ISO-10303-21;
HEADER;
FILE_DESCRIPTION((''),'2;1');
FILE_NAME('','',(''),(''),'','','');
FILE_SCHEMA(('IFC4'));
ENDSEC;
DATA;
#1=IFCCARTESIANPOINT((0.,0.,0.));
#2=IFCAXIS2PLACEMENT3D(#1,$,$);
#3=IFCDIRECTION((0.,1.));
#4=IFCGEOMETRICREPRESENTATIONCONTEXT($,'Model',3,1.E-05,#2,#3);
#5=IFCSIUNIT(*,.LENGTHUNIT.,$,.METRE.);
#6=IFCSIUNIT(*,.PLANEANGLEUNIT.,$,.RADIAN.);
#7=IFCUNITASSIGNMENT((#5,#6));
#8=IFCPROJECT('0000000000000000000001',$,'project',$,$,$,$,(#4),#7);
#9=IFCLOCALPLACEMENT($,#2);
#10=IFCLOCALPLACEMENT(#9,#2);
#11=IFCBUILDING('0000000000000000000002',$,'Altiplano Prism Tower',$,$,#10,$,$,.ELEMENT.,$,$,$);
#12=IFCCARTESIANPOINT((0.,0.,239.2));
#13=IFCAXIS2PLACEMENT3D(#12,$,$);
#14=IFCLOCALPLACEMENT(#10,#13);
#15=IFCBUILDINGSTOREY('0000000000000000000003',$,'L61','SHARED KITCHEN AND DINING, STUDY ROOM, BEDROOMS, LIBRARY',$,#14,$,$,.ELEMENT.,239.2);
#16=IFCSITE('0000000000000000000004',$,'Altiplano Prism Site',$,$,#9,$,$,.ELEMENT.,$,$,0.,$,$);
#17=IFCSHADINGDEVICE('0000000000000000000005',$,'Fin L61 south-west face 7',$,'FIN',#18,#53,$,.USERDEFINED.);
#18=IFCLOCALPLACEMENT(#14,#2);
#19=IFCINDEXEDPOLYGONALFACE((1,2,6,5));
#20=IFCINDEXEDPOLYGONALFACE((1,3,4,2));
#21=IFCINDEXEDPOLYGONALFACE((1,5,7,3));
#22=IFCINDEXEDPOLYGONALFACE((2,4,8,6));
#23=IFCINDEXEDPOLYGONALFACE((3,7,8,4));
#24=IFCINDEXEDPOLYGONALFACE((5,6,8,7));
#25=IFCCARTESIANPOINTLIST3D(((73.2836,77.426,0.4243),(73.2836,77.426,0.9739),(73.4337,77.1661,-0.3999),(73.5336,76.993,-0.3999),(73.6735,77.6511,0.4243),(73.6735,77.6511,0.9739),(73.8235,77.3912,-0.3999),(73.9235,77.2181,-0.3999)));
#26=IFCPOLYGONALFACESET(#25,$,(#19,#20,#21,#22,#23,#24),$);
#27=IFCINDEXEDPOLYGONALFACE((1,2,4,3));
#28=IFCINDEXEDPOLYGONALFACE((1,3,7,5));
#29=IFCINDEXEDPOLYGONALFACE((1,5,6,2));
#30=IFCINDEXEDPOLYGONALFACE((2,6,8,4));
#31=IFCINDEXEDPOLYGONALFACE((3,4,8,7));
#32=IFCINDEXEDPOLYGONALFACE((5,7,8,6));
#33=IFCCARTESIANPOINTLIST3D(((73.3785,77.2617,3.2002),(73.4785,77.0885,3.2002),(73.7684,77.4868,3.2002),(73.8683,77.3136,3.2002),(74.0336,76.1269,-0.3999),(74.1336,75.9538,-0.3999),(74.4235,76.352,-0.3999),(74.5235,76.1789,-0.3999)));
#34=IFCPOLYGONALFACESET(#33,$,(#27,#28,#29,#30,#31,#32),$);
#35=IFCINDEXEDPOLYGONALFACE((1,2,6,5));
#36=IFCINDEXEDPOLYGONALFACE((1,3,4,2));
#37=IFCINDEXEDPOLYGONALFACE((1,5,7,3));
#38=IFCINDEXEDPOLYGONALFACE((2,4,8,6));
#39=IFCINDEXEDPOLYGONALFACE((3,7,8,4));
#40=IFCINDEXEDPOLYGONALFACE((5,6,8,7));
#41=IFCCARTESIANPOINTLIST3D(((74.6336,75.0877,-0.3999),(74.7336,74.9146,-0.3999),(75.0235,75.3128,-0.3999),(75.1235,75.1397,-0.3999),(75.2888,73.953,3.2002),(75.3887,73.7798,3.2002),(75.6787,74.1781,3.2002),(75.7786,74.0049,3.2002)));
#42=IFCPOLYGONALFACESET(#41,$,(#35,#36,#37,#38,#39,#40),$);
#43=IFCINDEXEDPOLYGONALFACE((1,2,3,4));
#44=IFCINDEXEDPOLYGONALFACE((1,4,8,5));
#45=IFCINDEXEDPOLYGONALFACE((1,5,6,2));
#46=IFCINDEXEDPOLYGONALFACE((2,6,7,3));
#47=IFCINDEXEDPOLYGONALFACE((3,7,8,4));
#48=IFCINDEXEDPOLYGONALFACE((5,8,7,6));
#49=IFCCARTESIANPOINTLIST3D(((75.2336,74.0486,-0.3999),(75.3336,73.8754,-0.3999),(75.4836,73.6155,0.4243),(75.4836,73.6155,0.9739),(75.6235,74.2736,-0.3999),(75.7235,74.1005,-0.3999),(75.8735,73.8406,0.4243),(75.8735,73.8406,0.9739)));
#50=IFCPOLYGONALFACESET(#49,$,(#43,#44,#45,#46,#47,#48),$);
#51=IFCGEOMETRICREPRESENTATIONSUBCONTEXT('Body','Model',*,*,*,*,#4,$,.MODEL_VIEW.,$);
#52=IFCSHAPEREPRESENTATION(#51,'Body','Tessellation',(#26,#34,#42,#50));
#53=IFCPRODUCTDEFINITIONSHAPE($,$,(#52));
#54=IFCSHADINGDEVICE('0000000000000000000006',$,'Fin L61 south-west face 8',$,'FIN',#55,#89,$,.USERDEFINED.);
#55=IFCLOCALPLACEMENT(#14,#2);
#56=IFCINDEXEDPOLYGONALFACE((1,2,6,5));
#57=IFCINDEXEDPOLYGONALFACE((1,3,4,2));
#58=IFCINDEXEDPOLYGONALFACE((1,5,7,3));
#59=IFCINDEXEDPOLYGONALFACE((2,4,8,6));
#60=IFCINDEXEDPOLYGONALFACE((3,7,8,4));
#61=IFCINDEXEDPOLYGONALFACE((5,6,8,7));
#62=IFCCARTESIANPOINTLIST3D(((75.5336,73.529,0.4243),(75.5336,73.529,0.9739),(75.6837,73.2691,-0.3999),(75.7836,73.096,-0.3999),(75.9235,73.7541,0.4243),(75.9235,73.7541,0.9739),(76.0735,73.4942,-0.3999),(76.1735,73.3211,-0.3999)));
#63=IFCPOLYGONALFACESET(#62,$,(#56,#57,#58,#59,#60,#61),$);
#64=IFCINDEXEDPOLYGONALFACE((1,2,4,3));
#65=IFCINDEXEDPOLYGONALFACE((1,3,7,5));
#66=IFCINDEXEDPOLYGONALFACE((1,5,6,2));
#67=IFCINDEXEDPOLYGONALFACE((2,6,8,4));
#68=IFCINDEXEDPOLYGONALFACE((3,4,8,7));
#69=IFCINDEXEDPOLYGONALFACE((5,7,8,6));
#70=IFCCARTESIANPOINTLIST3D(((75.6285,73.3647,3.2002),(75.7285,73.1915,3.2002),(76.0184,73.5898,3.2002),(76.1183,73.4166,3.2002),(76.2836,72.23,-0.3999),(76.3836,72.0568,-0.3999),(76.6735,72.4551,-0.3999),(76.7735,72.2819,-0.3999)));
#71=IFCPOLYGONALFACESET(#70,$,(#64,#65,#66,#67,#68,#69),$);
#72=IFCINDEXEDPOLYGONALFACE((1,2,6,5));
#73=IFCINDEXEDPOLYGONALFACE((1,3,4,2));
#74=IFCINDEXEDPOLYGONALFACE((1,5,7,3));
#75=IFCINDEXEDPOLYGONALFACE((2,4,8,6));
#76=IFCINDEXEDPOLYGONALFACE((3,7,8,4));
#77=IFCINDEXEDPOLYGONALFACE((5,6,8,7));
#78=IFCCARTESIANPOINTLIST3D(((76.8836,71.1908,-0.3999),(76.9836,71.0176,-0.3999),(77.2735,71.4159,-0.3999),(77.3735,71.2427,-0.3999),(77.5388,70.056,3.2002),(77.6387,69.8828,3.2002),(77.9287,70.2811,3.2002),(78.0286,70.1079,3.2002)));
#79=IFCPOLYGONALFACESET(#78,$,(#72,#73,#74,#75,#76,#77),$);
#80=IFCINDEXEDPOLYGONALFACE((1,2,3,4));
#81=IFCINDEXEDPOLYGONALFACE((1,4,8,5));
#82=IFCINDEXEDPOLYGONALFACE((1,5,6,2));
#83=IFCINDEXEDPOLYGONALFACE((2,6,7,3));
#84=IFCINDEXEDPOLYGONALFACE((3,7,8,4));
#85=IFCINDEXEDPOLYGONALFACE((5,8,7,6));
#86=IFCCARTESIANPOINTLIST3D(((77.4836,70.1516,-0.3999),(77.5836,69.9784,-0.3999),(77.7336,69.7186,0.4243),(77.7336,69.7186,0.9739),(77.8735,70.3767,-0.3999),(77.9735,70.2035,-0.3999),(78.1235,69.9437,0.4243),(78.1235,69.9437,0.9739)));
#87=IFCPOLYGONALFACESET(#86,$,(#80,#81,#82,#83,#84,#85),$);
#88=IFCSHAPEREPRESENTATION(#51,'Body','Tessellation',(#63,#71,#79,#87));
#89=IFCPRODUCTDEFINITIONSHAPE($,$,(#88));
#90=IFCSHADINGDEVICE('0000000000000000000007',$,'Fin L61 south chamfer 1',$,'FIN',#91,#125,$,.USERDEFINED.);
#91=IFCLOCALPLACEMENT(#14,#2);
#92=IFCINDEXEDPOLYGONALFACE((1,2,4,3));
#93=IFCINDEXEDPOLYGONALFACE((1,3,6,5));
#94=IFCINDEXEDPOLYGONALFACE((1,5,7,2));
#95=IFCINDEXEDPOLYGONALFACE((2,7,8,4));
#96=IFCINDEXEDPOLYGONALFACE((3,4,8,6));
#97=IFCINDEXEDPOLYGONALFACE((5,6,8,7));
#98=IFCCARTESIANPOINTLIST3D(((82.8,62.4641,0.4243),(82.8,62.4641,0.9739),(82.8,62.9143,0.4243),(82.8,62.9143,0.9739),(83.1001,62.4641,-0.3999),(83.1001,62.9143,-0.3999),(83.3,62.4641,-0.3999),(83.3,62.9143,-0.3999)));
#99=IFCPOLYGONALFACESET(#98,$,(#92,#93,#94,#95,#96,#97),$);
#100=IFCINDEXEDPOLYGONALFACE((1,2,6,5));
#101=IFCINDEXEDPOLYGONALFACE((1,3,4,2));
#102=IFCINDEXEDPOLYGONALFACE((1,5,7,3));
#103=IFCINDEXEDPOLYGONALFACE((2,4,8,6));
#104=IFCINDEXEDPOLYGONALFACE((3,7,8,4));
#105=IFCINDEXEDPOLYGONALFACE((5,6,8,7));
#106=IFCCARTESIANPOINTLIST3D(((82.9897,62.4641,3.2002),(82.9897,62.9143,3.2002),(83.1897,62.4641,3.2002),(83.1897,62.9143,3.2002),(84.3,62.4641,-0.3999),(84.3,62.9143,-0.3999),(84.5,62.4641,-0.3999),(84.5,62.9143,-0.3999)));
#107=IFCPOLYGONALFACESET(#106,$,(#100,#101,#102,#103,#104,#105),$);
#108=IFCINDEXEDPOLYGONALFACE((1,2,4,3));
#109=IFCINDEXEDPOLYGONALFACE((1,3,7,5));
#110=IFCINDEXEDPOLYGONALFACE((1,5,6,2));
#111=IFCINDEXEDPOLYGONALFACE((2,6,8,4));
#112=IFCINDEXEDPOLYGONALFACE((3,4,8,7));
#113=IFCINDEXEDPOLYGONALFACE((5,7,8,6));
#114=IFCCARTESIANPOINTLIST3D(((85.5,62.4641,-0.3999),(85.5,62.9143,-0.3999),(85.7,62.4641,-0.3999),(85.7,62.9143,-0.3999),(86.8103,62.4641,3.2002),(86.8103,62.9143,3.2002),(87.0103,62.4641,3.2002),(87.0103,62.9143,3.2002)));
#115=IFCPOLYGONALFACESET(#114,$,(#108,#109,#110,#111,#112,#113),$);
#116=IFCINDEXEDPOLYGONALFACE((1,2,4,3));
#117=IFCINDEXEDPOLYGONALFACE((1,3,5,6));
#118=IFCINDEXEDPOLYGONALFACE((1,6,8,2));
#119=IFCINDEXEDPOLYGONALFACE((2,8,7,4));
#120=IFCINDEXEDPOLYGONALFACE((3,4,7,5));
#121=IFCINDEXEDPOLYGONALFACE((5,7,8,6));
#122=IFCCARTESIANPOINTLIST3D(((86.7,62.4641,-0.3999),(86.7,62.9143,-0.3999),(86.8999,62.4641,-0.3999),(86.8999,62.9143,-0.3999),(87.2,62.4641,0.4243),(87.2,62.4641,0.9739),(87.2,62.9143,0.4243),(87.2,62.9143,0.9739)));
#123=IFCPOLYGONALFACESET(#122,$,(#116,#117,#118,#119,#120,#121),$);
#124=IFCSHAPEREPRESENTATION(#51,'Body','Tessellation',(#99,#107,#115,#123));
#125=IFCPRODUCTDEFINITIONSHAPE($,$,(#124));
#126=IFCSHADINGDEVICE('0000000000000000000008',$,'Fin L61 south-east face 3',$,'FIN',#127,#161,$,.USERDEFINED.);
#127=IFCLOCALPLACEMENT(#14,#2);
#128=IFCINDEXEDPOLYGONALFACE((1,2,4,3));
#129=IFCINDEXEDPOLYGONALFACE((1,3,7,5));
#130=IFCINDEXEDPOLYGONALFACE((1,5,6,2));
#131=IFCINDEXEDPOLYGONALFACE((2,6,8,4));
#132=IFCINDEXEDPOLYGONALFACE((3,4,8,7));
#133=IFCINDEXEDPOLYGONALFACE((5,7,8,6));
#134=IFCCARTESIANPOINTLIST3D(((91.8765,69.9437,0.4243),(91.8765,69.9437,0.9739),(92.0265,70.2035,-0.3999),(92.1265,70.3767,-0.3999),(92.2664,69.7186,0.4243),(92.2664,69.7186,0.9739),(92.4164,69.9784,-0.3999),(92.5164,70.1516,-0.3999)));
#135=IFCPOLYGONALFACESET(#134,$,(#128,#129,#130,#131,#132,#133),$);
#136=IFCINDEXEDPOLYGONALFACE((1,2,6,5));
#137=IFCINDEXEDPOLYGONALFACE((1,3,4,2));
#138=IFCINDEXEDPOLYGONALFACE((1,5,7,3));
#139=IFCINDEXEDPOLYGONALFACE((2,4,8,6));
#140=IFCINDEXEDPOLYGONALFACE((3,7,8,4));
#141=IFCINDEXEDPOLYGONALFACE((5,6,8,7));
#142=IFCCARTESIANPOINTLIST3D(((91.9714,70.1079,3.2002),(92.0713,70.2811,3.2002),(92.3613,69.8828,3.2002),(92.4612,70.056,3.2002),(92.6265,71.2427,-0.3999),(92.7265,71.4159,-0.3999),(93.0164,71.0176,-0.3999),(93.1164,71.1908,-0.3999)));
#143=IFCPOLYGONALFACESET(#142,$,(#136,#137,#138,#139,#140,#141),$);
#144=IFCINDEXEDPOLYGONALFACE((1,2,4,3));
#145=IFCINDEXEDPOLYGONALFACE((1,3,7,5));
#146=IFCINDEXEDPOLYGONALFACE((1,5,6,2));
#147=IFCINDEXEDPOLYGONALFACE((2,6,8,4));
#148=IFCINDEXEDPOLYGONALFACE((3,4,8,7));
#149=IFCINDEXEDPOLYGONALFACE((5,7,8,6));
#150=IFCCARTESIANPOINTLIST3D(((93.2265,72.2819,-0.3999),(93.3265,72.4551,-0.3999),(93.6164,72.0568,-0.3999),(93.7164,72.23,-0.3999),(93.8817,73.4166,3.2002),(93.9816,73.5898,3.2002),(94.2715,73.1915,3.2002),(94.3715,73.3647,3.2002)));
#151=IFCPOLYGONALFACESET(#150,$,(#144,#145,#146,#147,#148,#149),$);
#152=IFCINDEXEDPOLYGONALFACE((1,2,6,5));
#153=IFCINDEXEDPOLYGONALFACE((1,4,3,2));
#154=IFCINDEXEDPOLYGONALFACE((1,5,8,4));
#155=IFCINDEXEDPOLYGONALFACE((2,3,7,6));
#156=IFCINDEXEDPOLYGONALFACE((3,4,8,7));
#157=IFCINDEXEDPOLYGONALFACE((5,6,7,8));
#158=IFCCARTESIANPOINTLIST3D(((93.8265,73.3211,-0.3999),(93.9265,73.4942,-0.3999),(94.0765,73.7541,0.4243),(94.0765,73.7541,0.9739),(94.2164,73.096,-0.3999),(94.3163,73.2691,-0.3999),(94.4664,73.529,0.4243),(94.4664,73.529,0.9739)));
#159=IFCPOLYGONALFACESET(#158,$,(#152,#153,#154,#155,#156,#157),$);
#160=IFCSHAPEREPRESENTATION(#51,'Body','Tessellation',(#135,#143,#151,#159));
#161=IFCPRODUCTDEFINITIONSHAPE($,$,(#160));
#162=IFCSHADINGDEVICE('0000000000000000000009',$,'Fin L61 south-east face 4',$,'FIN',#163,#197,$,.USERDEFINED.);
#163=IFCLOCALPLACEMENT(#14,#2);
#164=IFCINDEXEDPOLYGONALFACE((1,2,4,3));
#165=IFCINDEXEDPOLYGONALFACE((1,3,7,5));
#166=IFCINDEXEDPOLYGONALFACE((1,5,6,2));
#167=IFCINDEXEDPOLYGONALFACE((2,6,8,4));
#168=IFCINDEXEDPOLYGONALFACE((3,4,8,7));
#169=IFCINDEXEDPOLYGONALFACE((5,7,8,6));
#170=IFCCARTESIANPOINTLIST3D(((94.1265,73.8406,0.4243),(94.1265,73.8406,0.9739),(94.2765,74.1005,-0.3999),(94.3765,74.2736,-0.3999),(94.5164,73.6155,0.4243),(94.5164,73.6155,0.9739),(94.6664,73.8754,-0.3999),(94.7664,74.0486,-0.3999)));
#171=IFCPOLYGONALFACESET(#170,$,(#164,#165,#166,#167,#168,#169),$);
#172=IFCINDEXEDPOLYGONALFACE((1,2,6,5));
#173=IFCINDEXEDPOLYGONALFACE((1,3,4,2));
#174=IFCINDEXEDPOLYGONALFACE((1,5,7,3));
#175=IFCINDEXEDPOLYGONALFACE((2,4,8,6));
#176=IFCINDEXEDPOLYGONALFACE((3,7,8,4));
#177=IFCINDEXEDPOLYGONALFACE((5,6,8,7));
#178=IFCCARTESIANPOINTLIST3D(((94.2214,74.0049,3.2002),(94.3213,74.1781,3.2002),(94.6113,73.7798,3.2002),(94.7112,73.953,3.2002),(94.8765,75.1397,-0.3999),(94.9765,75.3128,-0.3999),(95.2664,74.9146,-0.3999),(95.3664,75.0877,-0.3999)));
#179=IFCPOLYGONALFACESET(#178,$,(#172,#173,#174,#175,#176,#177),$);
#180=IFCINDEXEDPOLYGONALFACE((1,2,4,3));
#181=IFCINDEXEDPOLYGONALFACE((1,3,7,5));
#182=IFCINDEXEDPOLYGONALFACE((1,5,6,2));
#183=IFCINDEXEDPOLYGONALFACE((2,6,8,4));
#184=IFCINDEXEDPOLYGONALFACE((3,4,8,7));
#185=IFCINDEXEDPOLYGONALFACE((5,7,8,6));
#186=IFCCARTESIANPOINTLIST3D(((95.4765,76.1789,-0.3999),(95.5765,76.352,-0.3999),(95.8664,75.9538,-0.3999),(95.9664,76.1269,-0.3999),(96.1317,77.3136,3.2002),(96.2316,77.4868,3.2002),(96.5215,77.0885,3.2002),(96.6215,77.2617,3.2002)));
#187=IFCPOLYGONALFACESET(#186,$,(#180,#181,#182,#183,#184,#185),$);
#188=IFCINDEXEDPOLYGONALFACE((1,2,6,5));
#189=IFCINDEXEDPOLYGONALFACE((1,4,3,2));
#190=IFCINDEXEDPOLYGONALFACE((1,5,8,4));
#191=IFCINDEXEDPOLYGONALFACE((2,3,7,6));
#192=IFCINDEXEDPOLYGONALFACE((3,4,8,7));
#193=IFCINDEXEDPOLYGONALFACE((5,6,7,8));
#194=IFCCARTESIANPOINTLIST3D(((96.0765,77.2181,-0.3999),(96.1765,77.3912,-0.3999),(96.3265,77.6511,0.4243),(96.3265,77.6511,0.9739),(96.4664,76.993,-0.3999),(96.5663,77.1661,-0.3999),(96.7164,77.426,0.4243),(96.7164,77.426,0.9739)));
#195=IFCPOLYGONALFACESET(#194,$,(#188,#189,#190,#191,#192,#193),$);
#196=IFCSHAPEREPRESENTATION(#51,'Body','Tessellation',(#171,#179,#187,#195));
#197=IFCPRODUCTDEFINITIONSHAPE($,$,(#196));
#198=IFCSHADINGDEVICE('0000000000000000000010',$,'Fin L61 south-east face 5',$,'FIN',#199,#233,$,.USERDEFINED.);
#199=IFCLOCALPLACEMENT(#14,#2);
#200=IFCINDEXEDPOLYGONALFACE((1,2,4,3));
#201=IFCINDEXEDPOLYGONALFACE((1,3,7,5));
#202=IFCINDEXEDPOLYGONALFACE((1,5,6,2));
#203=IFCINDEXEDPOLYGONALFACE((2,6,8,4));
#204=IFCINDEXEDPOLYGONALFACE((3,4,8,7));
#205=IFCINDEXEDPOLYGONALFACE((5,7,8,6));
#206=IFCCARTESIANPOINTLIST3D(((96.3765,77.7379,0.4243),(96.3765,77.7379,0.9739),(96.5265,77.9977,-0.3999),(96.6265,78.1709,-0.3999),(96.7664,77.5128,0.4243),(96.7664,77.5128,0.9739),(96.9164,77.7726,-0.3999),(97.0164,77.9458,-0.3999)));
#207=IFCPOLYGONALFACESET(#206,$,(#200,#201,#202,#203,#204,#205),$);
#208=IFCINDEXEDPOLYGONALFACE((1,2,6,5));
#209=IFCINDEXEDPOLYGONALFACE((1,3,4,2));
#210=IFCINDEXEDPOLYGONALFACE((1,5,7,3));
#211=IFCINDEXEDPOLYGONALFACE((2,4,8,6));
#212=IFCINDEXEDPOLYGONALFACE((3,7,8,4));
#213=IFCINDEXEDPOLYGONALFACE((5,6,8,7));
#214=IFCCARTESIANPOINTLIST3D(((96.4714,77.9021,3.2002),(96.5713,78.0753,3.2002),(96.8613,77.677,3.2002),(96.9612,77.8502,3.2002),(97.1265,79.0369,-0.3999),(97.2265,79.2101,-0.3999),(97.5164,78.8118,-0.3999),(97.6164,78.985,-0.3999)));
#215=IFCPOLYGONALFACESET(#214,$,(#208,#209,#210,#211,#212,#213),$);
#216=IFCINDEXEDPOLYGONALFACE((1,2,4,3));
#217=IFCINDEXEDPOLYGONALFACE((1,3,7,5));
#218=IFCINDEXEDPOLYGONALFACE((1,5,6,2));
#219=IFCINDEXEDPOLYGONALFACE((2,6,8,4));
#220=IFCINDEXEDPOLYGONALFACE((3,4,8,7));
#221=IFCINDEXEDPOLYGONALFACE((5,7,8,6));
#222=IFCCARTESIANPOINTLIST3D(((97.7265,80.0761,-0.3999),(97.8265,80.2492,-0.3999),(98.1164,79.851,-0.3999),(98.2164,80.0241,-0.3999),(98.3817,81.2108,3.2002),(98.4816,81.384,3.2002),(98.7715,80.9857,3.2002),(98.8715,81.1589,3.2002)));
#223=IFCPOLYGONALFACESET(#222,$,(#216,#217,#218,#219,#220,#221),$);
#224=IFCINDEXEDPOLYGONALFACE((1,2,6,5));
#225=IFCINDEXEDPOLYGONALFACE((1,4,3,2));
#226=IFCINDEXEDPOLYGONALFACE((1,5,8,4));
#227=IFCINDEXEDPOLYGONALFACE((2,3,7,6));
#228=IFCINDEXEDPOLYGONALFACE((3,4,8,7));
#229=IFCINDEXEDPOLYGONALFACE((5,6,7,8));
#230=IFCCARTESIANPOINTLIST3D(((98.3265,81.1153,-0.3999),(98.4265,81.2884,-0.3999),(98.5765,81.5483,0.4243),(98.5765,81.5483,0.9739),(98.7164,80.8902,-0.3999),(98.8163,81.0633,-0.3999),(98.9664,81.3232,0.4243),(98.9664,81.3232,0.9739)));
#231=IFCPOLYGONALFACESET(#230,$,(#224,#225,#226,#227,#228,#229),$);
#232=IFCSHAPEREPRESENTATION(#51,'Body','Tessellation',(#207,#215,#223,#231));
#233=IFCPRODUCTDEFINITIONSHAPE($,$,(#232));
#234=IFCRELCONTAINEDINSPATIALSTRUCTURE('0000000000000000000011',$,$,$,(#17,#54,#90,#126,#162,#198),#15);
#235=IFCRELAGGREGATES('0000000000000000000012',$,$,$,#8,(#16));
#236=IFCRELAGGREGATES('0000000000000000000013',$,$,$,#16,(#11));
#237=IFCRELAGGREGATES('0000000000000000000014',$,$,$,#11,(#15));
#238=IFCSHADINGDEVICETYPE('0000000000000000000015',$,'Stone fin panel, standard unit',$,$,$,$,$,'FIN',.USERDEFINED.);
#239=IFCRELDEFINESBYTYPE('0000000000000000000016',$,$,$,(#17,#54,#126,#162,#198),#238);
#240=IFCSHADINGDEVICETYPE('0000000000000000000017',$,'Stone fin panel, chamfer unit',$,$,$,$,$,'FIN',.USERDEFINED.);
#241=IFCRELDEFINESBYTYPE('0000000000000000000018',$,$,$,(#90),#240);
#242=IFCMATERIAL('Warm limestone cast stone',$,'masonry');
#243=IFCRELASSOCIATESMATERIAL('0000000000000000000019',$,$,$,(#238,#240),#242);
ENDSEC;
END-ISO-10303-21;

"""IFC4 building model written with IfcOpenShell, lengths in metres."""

from ifc_helpers import new_model, si_unit, direction, frame, origin, place, context, subcontext, project, spatial, polyline, outline, extrude, source, transform, mapped, material, type_object, element, save


model = new_model("IFC4")

# Units and contexts
model_context = context("Model", 3, precision=1e-05, world=origin(), true_north=direction((0.0, 1.0)))
body_context = subcontext(model_context, "Body", "Model", "MODEL_VIEW")
ifc_project = project(units=[si_unit("LENGTHUNIT", "METRE"), si_unit("PLANEANGLEUNIT", "RADIAN")], contexts=[model_context])

# Site, building, storey
site_placement = place(None, origin())
site = spatial("IfcSite", under=ifc_project, at=site_placement, Name="Altiplano Prism Site", CompositionType="ELEMENT", RefElevation=0.0)
building_placement = place(site_placement, origin())
building = spatial("IfcBuilding", under=site, at=building_placement, Name="Altiplano Prism Tower", CompositionType="ELEMENT")
storey_placement = place(building_placement, frame((0.0, 0.0, 239.2)))
storey = spatial("IfcBuildingStorey", under=building, at=storey_placement, Name="L61", Description="SHARED KITCHEN AND DINING, STUDY ROOM, BEDROOMS, LIBRARY", CompositionType="ELEMENT", Elevation=239.2)

# Shading devices
ifc_material_1 = material(Name="Warm limestone cast stone", Category="masonry")
shading_device_type_1 = type_object("IfcShadingDeviceType", Name="Stone fin panel, standard unit", ElementType="FIN", PredefinedType="USERDEFINED", material=ifc_material_1)
shared_shape_1 = source(origin(), body_context, "Body", "SweptSolid", [
    extrude(outline(polyline([(-2.2, 1.3738), (-2.2, 0.8242), (-1.8999, 0.0), (-1.7, 0.0), (-2.2, 1.3738)])), frame((0.0, -0.1499, 0.0), z_axis=(0.0, -1.0, 0.0), x_axis=(1.0, 0.0, 0.0)), (0.0, 0.0, 1.0), 0.4502),
    extrude(outline(polyline([(-2.0103, 3.6001), (-0.7, 0.0), (-0.5, 0.0), (-1.8103, 3.6001), (-2.0103, 3.6001)])), frame((0.0, -0.1499, 0.0), z_axis=(0.0, -1.0, 0.0), x_axis=(1.0, 0.0, 0.0)), (0.0, 0.0, 1.0), 0.4502),
    extrude(outline(polyline([(1.8103, 3.6001), (0.5, 0.0), (0.7, 0.0), (2.0103, 3.6001), (1.8103, 3.6001)])), frame((0.0, -0.1499, 0.0), z_axis=(0.0, -1.0, 0.0), x_axis=(1.0, 0.0, 0.0)), (0.0, 0.0, 1.0), 0.4502),
    extrude(outline(polyline([(2.2, 0.8242), (2.2, 1.3738), (1.7, 0.0), (1.8999, 0.0), (2.2, 0.8242)])), frame((0.0, -0.1499, 0.0), z_axis=(0.0, -1.0, 0.0), x_axis=(1.0, 0.0, 0.0)), (0.0, 0.0, 1.0), 0.4502),
])
shading_device_type_2 = type_object("IfcShadingDeviceType", Name="Stone fin panel, chamfer unit", ElementType="FIN", PredefinedType="USERDEFINED", material=ifc_material_1)
shading_device_1_placement = place(storey_placement, origin())
element("IfcShadingDevice", 1, at=shading_device_1_placement, inside=storey, type_object=shading_device_type_1, Name="Fin L61 south-west face 7", ObjectType="FIN", PredefinedType="USERDEFINED", context=body_context, shape_type="MappedRepresentation", body=[
    mapped(shared_shape_1, transform((74.9033, 75.8208, -0.3999), x_axis=(0.5, -0.866025, 0.0), y_axis=(0.866025, 0.5, 0.0), z_axis=(0.0, 0.0, 1.0))),
])
shading_device_2_placement = place(storey_placement, origin())
element("IfcShadingDevice", 2, at=shading_device_2_placement, inside=storey, type_object=shading_device_type_1, Name="Fin L61 south-west face 8", ObjectType="FIN", PredefinedType="USERDEFINED", context=body_context, shape_type="MappedRepresentation", body=[
    mapped(shared_shape_1, transform((77.1533, 71.9238, -0.3999), x_axis=(0.5, -0.866025, 0.0), y_axis=(0.866025, 0.5, 0.0), z_axis=(0.0, 0.0, 1.0))),
])
shading_device_3_placement = place(storey_placement, origin())
element("IfcShadingDevice", 3, at=shading_device_3_placement, inside=storey, type_object=shading_device_type_2, Name="Fin L61 south chamfer 1", ObjectType="FIN", PredefinedType="USERDEFINED", context=body_context, shape_type="MappedRepresentation", body=[
    mapped(shared_shape_1, transform((85.0, 63.0642, -0.3999), x_axis=(1.0, 0.0, 0.0), y_axis=(0.0, 1.0, 0.0), z_axis=(0.0, 0.0, 1.0))),
])
shading_device_4_placement = place(storey_placement, origin())
element("IfcShadingDevice", 4, at=shading_device_4_placement, inside=storey, type_object=shading_device_type_1, Name="Fin L61 south-east face 3", ObjectType="FIN", PredefinedType="USERDEFINED", context=body_context, shape_type="MappedRepresentation", body=[
    mapped(shared_shape_1, transform((92.8467, 71.9238, -0.3999), x_axis=(0.5, 0.866025, 0.0), y_axis=(-0.866025, 0.5, 0.0), z_axis=(0.0, 0.0, 1.0))),
])
shading_device_5_placement = place(storey_placement, origin())
element("IfcShadingDevice", 5, at=shading_device_5_placement, inside=storey, type_object=shading_device_type_1, Name="Fin L61 south-east face 4", ObjectType="FIN", PredefinedType="USERDEFINED", context=body_context, shape_type="MappedRepresentation", body=[
    mapped(shared_shape_1, transform((95.0967, 75.8208, -0.3999), x_axis=(0.5, 0.866025, 0.0), y_axis=(-0.866025, 0.5, 0.0), z_axis=(0.0, 0.0, 1.0))),
])
shading_device_6_placement = place(storey_placement, origin())
element("IfcShadingDevice", 6, at=shading_device_6_placement, inside=storey, type_object=shading_device_type_1, Name="Fin L61 south-east face 5", ObjectType="FIN", PredefinedType="USERDEFINED", context=body_context, shape_type="MappedRepresentation", body=[
    mapped(shared_shape_1, transform((97.3467, 79.718, -0.3999), x_axis=(0.5, 0.866025, 0.0), y_axis=(-0.866025, 0.5, 0.0), z_axis=(0.0, 0.0, 1.0))),
])

save(model, "model.ifc")
